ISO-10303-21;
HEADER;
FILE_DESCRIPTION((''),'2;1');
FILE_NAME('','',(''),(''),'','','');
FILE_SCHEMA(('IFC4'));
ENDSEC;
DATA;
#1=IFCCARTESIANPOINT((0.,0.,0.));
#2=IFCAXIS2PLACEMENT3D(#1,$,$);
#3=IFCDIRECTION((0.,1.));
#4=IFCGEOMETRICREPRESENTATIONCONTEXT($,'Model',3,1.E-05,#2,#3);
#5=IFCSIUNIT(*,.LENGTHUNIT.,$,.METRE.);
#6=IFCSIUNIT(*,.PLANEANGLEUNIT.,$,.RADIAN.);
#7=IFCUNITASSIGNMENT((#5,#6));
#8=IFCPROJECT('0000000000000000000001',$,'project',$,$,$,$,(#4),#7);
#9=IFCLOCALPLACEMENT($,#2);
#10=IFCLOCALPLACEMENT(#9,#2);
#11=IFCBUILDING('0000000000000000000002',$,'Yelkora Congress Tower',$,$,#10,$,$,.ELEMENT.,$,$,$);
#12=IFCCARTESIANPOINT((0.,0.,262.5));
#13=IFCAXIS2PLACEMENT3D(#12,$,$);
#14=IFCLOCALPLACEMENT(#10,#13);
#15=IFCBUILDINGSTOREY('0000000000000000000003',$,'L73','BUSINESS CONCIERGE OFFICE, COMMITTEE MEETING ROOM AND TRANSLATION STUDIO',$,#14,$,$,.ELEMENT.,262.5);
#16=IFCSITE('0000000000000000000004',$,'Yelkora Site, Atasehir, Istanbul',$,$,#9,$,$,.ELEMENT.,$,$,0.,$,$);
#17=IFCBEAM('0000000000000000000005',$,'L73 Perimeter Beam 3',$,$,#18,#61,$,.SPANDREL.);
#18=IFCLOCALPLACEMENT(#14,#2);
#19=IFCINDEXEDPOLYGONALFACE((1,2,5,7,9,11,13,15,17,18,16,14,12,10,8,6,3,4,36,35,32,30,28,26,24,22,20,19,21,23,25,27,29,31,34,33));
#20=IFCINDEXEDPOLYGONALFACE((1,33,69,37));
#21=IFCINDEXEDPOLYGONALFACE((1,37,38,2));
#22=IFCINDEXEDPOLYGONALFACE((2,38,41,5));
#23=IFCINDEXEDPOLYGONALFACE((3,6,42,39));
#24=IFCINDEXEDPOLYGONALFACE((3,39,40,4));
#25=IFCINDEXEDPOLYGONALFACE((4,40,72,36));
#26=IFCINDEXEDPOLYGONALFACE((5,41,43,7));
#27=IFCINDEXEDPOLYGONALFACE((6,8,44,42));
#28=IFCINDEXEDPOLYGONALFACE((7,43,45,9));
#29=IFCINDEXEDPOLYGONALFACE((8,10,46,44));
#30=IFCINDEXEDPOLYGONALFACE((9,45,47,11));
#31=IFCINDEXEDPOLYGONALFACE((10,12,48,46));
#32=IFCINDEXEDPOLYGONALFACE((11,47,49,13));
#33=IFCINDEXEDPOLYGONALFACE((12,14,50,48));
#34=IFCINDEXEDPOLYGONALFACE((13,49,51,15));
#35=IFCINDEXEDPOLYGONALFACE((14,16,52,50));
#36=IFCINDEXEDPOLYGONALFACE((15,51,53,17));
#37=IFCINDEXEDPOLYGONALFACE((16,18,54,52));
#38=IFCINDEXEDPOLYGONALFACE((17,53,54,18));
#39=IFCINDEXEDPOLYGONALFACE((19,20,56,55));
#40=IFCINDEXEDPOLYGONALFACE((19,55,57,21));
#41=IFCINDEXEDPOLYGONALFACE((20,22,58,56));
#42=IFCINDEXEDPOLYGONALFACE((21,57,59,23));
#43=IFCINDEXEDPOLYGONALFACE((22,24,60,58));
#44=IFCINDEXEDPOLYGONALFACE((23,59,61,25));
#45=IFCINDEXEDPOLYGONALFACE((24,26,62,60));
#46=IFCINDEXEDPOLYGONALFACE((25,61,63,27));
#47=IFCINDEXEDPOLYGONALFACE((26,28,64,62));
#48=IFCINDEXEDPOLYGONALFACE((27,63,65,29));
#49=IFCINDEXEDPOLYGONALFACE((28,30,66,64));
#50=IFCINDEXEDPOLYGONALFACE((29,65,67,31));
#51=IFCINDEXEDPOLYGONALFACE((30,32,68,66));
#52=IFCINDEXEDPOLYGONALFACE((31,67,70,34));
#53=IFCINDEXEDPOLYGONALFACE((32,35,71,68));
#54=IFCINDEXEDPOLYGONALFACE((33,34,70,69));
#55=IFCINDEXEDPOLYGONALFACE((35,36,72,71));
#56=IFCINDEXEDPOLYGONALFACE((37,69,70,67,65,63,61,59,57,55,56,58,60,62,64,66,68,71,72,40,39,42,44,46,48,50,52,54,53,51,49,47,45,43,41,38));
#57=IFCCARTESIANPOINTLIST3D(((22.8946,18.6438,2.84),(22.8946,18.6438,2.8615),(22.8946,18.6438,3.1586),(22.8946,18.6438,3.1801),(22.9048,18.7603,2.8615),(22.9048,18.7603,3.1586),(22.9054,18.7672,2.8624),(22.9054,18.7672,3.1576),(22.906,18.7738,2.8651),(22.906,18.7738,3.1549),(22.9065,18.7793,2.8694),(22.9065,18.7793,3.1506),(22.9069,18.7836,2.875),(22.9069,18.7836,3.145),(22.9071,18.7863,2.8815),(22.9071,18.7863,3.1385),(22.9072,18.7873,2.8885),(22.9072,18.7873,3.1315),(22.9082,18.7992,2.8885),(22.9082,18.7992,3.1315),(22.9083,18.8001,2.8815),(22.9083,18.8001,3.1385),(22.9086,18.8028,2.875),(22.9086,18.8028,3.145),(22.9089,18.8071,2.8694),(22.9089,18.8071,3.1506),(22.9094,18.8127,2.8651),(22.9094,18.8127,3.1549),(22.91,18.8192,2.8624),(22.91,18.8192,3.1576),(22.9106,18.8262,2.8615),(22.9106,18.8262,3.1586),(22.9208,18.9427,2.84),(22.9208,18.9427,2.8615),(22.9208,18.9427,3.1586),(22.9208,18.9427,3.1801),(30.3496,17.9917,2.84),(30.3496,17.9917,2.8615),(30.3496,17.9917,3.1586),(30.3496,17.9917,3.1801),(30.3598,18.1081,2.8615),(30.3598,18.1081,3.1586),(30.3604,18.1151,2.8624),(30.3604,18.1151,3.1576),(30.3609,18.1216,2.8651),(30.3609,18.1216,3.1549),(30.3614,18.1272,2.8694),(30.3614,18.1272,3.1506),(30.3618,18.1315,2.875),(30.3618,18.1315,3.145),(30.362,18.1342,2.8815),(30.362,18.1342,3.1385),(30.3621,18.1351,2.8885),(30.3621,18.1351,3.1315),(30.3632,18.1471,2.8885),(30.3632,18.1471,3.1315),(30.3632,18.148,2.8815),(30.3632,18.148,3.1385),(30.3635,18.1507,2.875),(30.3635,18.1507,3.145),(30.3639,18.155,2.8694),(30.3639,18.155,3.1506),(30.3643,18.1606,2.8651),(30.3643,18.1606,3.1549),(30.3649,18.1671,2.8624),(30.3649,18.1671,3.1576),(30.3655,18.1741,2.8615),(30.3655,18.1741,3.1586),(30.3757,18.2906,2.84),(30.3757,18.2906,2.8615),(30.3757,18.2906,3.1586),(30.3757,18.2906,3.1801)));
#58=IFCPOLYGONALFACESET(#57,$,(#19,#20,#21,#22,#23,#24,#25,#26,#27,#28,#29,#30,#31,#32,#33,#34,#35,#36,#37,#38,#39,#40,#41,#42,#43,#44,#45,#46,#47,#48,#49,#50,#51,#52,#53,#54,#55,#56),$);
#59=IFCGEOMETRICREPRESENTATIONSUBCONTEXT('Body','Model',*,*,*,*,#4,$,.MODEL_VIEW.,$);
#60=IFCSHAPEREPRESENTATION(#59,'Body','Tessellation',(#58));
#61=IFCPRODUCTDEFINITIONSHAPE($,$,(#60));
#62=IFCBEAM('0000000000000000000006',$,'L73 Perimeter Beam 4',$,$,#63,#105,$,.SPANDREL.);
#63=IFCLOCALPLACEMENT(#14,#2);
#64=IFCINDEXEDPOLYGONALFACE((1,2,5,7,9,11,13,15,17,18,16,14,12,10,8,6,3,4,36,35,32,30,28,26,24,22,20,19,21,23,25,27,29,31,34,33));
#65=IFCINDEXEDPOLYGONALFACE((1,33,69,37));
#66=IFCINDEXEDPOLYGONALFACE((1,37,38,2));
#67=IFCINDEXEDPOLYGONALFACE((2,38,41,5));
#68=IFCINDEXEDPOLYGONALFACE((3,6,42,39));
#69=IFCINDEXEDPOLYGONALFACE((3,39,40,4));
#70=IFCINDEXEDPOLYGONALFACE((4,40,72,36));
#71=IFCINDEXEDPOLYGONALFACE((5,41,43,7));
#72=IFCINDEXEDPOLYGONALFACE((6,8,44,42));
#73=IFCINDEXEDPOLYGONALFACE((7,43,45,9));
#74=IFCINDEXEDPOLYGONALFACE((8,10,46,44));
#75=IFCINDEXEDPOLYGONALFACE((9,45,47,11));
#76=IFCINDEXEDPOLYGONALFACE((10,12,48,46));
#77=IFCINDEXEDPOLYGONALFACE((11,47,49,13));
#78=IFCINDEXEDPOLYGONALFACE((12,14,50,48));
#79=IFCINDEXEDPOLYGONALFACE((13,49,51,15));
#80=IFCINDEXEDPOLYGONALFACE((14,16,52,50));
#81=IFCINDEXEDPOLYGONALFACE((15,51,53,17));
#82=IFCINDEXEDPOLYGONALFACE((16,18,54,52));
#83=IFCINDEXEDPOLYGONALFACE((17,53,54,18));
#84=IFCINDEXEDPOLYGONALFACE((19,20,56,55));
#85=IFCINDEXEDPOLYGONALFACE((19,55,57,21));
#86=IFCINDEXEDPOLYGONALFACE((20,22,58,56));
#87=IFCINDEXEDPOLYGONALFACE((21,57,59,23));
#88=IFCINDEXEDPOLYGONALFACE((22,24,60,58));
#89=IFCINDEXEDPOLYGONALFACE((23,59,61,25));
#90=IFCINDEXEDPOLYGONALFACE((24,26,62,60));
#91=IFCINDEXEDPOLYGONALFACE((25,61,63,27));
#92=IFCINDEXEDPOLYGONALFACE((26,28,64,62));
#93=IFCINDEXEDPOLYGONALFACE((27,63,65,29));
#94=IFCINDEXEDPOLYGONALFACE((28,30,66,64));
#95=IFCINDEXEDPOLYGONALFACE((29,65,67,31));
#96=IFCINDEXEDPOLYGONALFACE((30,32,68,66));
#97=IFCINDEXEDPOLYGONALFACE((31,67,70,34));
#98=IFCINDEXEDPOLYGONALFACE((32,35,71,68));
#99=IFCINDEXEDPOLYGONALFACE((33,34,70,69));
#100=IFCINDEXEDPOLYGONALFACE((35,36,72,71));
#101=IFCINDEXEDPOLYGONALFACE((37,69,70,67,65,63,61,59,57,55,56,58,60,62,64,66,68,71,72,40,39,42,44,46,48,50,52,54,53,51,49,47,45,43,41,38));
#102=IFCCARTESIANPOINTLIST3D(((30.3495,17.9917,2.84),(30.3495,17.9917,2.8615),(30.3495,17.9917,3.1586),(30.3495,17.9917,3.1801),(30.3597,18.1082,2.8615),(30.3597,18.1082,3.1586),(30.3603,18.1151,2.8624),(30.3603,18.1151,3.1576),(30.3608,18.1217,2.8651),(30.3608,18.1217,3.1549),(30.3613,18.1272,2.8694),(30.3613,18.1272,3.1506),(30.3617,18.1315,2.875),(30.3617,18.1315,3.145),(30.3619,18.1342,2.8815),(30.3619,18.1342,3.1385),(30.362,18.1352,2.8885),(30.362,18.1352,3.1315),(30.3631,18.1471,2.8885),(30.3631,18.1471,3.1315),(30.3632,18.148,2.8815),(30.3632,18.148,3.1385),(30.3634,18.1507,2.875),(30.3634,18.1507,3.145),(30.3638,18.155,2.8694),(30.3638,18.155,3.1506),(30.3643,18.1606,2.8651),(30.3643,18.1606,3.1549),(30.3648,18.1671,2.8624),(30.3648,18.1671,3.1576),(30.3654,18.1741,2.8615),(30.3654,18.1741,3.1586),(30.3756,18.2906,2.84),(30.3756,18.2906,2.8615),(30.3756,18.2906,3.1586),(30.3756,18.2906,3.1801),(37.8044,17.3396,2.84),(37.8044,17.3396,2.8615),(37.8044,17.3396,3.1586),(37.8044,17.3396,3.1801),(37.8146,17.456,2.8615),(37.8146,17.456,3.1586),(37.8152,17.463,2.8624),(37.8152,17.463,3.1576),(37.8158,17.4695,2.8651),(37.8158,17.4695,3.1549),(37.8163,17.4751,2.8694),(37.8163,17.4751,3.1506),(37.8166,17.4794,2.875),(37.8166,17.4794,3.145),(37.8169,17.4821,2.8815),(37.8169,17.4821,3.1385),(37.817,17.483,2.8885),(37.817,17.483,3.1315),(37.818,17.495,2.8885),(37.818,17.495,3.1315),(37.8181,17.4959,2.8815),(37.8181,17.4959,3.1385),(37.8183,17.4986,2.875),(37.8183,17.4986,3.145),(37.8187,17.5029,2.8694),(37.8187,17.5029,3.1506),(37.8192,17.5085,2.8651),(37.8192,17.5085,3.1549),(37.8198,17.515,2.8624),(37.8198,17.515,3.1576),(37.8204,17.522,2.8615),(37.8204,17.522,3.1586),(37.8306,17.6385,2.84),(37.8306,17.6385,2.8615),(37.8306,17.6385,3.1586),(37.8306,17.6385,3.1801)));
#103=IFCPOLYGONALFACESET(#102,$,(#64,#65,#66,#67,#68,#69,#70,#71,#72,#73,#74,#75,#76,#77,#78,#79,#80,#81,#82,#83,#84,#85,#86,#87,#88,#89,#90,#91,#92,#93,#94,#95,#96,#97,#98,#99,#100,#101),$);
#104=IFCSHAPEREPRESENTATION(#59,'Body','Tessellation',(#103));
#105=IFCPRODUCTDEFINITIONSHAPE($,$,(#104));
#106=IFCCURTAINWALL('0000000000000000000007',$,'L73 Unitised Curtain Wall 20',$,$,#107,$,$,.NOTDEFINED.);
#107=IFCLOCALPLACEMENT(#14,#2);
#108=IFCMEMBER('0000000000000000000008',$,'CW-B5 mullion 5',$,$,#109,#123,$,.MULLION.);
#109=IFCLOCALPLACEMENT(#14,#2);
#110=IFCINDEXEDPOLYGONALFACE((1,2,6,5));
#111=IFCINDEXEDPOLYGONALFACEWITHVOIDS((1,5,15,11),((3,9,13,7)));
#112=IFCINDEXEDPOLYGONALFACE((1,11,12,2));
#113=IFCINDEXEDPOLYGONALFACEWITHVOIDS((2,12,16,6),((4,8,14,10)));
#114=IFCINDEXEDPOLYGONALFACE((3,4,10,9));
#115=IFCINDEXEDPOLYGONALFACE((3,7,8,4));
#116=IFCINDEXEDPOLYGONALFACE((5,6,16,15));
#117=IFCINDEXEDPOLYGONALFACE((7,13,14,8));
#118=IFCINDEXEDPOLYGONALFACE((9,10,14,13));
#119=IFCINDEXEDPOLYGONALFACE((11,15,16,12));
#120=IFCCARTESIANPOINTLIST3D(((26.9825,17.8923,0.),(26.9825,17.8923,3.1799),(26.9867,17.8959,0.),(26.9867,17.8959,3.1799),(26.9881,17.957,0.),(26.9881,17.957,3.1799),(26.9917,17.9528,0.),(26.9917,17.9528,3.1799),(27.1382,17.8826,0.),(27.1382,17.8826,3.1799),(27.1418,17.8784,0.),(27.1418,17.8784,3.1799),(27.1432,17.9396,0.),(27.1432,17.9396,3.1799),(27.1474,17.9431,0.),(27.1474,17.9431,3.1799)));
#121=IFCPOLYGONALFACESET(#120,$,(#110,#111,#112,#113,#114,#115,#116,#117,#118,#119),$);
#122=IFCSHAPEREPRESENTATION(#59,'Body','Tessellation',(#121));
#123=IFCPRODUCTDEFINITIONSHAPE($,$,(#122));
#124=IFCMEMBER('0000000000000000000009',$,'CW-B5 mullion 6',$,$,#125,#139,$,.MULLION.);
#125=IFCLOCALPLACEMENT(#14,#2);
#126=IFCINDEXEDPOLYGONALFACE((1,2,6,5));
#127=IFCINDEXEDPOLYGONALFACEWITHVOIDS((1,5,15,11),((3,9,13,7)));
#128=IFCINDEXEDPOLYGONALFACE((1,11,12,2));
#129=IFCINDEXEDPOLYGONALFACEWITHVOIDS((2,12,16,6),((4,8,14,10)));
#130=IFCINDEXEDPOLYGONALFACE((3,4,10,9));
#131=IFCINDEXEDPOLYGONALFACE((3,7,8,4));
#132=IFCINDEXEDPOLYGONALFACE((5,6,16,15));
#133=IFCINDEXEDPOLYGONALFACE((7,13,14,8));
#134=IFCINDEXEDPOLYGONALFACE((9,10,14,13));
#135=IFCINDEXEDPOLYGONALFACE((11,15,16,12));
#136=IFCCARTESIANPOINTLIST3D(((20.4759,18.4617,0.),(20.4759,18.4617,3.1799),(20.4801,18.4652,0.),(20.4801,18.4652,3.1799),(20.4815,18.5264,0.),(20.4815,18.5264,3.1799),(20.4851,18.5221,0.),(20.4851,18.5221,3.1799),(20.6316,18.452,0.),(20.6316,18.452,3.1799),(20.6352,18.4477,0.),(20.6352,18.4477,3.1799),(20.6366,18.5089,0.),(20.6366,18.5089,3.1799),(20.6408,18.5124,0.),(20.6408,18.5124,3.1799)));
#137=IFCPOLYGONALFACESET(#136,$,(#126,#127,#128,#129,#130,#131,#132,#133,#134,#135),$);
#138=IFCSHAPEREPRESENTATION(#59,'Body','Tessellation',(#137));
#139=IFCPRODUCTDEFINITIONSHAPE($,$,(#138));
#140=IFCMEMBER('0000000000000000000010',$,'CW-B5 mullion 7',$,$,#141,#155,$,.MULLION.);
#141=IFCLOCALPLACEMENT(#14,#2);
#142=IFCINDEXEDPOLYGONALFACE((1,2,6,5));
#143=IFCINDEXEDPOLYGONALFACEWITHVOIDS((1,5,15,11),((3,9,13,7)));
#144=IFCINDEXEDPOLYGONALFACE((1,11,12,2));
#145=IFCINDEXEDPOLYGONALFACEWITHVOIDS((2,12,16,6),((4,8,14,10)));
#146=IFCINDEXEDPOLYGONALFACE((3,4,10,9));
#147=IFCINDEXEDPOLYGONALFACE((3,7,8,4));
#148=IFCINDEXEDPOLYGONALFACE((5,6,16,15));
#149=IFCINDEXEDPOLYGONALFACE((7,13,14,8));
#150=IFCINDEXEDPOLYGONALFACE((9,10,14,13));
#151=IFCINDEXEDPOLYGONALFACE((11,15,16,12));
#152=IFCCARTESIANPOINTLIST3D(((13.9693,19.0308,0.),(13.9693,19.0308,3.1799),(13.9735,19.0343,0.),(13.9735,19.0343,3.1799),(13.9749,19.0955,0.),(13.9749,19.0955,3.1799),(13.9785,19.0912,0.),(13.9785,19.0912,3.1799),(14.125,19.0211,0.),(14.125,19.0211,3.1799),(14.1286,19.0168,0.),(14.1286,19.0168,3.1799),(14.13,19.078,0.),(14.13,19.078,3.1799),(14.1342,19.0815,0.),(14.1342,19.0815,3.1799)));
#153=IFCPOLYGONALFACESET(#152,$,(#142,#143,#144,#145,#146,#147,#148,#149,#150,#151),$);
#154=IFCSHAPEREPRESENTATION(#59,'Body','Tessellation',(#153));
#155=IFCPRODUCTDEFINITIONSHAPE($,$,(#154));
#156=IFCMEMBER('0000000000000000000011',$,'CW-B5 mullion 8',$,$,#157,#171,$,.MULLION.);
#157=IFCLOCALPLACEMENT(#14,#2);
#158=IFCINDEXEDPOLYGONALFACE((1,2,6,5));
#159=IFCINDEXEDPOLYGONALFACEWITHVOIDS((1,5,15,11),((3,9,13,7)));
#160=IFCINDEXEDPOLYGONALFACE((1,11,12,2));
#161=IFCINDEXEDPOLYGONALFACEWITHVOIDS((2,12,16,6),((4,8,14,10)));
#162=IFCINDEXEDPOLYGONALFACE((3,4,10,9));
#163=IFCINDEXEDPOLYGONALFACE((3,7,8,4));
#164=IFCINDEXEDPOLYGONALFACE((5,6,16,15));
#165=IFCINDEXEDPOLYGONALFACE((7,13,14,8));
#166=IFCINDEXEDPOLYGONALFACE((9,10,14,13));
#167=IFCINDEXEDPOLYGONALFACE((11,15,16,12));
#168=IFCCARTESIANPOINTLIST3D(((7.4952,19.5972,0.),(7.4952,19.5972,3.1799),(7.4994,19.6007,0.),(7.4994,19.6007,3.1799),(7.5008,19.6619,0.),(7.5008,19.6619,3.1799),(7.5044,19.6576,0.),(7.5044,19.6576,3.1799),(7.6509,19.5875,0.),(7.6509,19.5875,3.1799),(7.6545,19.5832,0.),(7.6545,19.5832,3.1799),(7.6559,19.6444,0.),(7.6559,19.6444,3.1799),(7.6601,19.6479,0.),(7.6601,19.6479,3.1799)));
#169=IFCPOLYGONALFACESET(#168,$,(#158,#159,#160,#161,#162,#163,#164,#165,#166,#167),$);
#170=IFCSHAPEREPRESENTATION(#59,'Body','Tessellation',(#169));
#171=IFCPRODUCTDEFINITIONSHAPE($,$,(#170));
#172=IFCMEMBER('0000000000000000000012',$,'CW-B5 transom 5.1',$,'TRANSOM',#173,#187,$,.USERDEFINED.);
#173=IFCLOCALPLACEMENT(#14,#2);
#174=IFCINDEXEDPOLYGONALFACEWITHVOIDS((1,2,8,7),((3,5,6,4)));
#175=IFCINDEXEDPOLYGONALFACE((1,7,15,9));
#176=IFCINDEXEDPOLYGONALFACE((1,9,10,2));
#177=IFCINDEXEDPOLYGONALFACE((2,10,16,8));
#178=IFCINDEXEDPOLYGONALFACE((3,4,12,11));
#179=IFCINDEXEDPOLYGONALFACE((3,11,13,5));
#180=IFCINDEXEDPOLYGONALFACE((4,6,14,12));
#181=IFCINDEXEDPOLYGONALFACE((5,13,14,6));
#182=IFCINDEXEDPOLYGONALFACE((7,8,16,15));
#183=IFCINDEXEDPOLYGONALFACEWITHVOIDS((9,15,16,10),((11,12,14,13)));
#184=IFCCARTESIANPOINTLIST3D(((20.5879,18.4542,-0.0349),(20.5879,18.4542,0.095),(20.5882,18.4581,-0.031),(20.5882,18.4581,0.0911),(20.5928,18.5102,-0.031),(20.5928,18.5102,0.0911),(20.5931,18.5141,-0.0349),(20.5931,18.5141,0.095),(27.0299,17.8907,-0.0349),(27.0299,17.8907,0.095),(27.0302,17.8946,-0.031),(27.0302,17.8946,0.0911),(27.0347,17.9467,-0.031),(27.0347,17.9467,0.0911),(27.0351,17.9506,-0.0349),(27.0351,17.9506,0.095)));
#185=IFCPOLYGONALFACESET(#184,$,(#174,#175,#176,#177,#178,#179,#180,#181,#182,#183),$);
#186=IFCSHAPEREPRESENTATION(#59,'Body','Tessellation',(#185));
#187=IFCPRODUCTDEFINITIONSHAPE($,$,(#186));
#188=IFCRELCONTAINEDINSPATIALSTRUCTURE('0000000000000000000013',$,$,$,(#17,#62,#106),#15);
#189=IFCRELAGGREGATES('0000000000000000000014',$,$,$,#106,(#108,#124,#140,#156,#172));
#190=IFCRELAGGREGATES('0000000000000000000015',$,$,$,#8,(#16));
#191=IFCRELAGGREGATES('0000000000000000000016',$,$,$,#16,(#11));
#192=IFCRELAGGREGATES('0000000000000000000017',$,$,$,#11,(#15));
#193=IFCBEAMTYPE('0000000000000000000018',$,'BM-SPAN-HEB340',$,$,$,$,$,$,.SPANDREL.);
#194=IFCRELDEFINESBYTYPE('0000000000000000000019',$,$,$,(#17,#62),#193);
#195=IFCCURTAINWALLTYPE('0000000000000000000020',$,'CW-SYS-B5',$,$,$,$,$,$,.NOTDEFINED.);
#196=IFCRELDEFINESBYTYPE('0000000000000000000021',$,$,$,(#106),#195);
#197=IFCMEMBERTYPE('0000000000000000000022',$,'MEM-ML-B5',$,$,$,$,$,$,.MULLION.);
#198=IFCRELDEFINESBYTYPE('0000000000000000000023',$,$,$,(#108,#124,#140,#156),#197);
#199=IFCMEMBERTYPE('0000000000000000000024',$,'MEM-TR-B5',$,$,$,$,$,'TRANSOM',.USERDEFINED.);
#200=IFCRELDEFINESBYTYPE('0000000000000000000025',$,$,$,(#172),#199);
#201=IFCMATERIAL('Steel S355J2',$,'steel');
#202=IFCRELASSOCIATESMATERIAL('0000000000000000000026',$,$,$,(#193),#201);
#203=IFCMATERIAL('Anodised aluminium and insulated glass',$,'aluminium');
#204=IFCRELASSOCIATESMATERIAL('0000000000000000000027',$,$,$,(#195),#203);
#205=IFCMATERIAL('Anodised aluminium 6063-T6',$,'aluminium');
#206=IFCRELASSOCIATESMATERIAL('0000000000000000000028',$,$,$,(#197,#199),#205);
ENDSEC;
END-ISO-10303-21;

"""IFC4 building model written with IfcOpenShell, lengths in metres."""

from ifc_helpers import new_model, si_unit, direction, frame, origin, origin_2d, place, context, subcontext, project, spatial, hollow_rectangle, i_section, extrude, material, material_profile, profile_set, type_object, element, aggregate, save


model = new_model("IFC4")

# Units and contexts
model_context = context("Model", 3, precision=1e-05, world=origin(), true_north=direction((0.0, 1.0)))
body_context = subcontext(model_context, "Body", "Model", "MODEL_VIEW")
ifc_project = project(units=[si_unit("LENGTHUNIT", "METRE"), si_unit("PLANEANGLEUNIT", "RADIAN")], contexts=[model_context])

# Site, building, storey
site_placement = place(None, origin())
site = spatial("IfcSite", under=ifc_project, at=site_placement, Name="Yelkora Site, Atasehir, Istanbul", CompositionType="ELEMENT", RefElevation=0.0)
building_placement = place(site_placement, origin())
building = spatial("IfcBuilding", under=site, at=building_placement, Name="Yelkora Congress Tower", CompositionType="ELEMENT")
storey_placement = place(building_placement, frame((0.0, 0.0, 262.5)))
storey = spatial("IfcBuildingStorey", under=building, at=storey_placement, Name="L73", Description="BUSINESS CONCIERGE OFFICE, COMMITTEE MEETING ROOM AND TRANSLATION STUDIO", CompositionType="ELEMENT", Elevation=262.5)

# Shared definitions
ifc_material_1 = material(Name="Steel S355J2", Category="steel")

# Beams
ifc_material_profile_1 = material_profile(ifc_material_1, i_section(OverallWidth=0.3, OverallDepth=0.3401, WebThickness=0.012, FlangeThickness=0.0215, FilletRadius=0.0271, at=origin_2d()), Name="HEB 340")
ifc_profile_set_1 = profile_set([ifc_material_profile_1], Name="Steel S355J2")
beam_type_1 = type_object("IfcBeamType", Name="BM-SPAN-HEB340", PredefinedType="SPANDREL", material=ifc_profile_set_1)
for number, where, z_axis, x_axis, name in (
    (1, (22.9077, 18.7932, 3.01), (0.996196, -0.087141, 0.0), (0.087141, 0.996196, 0.0), "L73 Perimeter Beam 3"),
    (2, (30.3625, 18.1411, 3.01), (0.996196, -0.087141, 0.0), (0.087141, 0.996196, 0.0), "L73 Perimeter Beam 4"),
):
    element("IfcBeam", number, at=place(storey_placement, frame(where, z_axis=z_axis, x_axis=x_axis)), inside=storey, type_object=beam_type_1, Name=name, PredefinedType="SPANDREL", context=body_context, shape_type="SweptSolid", body=[
        extrude(i_section(OverallWidth=0.3, OverallDepth=0.3401, WebThickness=0.012, FlangeThickness=0.0215, FilletRadius=0.0271, at=origin_2d()), origin(), (0.0, 0.0, 1.0), 7.4834),
    ])

# Curtain wall, members
ifc_material_2 = material(Name="Anodised aluminium and insulated glass", Category="aluminium")
curtain_wall_type = type_object("IfcCurtainWallType", Name="CW-SYS-B5", PredefinedType="NOTDEFINED", material=ifc_material_2)
curtain_wall_placement = place(storey_placement, origin())
curtain_wall = element("IfcCurtainWall", 3, at=curtain_wall_placement, inside=storey, type_object=curtain_wall_type, Name="L73 Unitised Curtain Wall 20", PredefinedType="NOTDEFINED")
ifc_material_3 = material(Name="Anodised aluminium 6063-T6", Category="aluminium")
ifc_material_profile_2 = material_profile(ifc_material_3, hollow_rectangle(XDim=0.0649, YDim=0.1599, WallThickness=0.0039, at=origin_2d()), Name="ALU 65x160x4")
ifc_profile_set_2 = profile_set([ifc_material_profile_2], Name="Anodised aluminium 6063-T6")
member_type_1 = type_object("IfcMemberType", Name="MEM-ML-B5", PredefinedType="MULLION", material=ifc_profile_set_2)
member_1_placement = place(storey_placement, frame((27.0649, 17.9177, 0.0), z_axis=(0.0, 0.0, 1.0), x_axis=(-0.087157, -0.996195, 0.0)))
member_1 = element("IfcMember", 4, at=member_1_placement, type_object=member_type_1, Name="CW-B5 mullion 5", PredefinedType="MULLION", context=body_context, shape_type="SweptSolid", body=[
    extrude(hollow_rectangle(XDim=0.0649, YDim=0.1599, WallThickness=0.0039, at=origin_2d()), origin(), (0.0, 0.0, 1.0), 3.1799),
])
member_2_placement = place(storey_placement, frame((20.5583, 18.4871, 0.0), z_axis=(0.0, 0.0, 1.0), x_axis=(-0.087157, -0.996195, 0.0)))
member_2 = element("IfcMember", 5, at=member_2_placement, type_object=member_type_1, Name="CW-B5 mullion 6", PredefinedType="MULLION", context=body_context, shape_type="SweptSolid", body=[
    extrude(hollow_rectangle(XDim=0.0649, YDim=0.1599, WallThickness=0.0039, at=origin_2d()), origin(), (0.0, 0.0, 1.0), 3.1799),
])
member_3_placement = place(storey_placement, frame((14.0518, 19.0562, 0.0), z_axis=(0.0, 0.0, 1.0), x_axis=(-0.087157, -0.996195, 0.0)))
member_3 = element("IfcMember", 6, at=member_3_placement, type_object=member_type_1, Name="CW-B5 mullion 7", PredefinedType="MULLION", context=body_context, shape_type="SweptSolid", body=[
    extrude(hollow_rectangle(XDim=0.0649, YDim=0.1599, WallThickness=0.0039, at=origin_2d()), origin(), (0.0, 0.0, 1.0), 3.1799),
])
member_4_placement = place(storey_placement, frame((7.5776, 19.6226, 0.0), z_axis=(0.0, 0.0, 1.0), x_axis=(-0.087157, -0.996195, 0.0)))
member_4 = element("IfcMember", 7, at=member_4_placement, type_object=member_type_1, Name="CW-B5 mullion 8", PredefinedType="MULLION", context=body_context, shape_type="SweptSolid", body=[
    extrude(hollow_rectangle(XDim=0.0649, YDim=0.1599, WallThickness=0.0039, at=origin_2d()), origin(), (0.0, 0.0, 1.0), 3.1799),
])
ifc_material_profile_3 = material_profile(ifc_material_3, hollow_rectangle(XDim=0.0601, YDim=0.1299, WallThickness=0.0039, at=origin_2d()), Name="ALU 60x130x4")
ifc_profile_set_3 = profile_set([ifc_material_profile_3], Name="Anodised aluminium 6063-T6")
member_type_2 = type_object("IfcMemberType", Name="MEM-TR-B5", ElementType="TRANSOM", PredefinedType="USERDEFINED", material=ifc_profile_set_3)
member_5_placement = place(storey_placement, frame((27.0325, 17.9207, 0.03), z_axis=(-0.996196, 0.087138, 0.0), x_axis=(-0.087138, -0.996196, 0.0)))
member_5 = element("IfcMember", 8, at=member_5_placement, type_object=member_type_2, Name="CW-B5 transom 5.1", ObjectType="TRANSOM", PredefinedType="USERDEFINED", context=body_context, shape_type="SweptSolid", body=[
    extrude(hollow_rectangle(XDim=0.0601, YDim=0.1299, WallThickness=0.0039, at=origin_2d()), origin(), (0.0, 0.0, 1.0), 6.4666),
])
aggregate(curtain_wall, [member_1, member_2, member_3, member_4, member_5])

save(model, "model.ifc")
